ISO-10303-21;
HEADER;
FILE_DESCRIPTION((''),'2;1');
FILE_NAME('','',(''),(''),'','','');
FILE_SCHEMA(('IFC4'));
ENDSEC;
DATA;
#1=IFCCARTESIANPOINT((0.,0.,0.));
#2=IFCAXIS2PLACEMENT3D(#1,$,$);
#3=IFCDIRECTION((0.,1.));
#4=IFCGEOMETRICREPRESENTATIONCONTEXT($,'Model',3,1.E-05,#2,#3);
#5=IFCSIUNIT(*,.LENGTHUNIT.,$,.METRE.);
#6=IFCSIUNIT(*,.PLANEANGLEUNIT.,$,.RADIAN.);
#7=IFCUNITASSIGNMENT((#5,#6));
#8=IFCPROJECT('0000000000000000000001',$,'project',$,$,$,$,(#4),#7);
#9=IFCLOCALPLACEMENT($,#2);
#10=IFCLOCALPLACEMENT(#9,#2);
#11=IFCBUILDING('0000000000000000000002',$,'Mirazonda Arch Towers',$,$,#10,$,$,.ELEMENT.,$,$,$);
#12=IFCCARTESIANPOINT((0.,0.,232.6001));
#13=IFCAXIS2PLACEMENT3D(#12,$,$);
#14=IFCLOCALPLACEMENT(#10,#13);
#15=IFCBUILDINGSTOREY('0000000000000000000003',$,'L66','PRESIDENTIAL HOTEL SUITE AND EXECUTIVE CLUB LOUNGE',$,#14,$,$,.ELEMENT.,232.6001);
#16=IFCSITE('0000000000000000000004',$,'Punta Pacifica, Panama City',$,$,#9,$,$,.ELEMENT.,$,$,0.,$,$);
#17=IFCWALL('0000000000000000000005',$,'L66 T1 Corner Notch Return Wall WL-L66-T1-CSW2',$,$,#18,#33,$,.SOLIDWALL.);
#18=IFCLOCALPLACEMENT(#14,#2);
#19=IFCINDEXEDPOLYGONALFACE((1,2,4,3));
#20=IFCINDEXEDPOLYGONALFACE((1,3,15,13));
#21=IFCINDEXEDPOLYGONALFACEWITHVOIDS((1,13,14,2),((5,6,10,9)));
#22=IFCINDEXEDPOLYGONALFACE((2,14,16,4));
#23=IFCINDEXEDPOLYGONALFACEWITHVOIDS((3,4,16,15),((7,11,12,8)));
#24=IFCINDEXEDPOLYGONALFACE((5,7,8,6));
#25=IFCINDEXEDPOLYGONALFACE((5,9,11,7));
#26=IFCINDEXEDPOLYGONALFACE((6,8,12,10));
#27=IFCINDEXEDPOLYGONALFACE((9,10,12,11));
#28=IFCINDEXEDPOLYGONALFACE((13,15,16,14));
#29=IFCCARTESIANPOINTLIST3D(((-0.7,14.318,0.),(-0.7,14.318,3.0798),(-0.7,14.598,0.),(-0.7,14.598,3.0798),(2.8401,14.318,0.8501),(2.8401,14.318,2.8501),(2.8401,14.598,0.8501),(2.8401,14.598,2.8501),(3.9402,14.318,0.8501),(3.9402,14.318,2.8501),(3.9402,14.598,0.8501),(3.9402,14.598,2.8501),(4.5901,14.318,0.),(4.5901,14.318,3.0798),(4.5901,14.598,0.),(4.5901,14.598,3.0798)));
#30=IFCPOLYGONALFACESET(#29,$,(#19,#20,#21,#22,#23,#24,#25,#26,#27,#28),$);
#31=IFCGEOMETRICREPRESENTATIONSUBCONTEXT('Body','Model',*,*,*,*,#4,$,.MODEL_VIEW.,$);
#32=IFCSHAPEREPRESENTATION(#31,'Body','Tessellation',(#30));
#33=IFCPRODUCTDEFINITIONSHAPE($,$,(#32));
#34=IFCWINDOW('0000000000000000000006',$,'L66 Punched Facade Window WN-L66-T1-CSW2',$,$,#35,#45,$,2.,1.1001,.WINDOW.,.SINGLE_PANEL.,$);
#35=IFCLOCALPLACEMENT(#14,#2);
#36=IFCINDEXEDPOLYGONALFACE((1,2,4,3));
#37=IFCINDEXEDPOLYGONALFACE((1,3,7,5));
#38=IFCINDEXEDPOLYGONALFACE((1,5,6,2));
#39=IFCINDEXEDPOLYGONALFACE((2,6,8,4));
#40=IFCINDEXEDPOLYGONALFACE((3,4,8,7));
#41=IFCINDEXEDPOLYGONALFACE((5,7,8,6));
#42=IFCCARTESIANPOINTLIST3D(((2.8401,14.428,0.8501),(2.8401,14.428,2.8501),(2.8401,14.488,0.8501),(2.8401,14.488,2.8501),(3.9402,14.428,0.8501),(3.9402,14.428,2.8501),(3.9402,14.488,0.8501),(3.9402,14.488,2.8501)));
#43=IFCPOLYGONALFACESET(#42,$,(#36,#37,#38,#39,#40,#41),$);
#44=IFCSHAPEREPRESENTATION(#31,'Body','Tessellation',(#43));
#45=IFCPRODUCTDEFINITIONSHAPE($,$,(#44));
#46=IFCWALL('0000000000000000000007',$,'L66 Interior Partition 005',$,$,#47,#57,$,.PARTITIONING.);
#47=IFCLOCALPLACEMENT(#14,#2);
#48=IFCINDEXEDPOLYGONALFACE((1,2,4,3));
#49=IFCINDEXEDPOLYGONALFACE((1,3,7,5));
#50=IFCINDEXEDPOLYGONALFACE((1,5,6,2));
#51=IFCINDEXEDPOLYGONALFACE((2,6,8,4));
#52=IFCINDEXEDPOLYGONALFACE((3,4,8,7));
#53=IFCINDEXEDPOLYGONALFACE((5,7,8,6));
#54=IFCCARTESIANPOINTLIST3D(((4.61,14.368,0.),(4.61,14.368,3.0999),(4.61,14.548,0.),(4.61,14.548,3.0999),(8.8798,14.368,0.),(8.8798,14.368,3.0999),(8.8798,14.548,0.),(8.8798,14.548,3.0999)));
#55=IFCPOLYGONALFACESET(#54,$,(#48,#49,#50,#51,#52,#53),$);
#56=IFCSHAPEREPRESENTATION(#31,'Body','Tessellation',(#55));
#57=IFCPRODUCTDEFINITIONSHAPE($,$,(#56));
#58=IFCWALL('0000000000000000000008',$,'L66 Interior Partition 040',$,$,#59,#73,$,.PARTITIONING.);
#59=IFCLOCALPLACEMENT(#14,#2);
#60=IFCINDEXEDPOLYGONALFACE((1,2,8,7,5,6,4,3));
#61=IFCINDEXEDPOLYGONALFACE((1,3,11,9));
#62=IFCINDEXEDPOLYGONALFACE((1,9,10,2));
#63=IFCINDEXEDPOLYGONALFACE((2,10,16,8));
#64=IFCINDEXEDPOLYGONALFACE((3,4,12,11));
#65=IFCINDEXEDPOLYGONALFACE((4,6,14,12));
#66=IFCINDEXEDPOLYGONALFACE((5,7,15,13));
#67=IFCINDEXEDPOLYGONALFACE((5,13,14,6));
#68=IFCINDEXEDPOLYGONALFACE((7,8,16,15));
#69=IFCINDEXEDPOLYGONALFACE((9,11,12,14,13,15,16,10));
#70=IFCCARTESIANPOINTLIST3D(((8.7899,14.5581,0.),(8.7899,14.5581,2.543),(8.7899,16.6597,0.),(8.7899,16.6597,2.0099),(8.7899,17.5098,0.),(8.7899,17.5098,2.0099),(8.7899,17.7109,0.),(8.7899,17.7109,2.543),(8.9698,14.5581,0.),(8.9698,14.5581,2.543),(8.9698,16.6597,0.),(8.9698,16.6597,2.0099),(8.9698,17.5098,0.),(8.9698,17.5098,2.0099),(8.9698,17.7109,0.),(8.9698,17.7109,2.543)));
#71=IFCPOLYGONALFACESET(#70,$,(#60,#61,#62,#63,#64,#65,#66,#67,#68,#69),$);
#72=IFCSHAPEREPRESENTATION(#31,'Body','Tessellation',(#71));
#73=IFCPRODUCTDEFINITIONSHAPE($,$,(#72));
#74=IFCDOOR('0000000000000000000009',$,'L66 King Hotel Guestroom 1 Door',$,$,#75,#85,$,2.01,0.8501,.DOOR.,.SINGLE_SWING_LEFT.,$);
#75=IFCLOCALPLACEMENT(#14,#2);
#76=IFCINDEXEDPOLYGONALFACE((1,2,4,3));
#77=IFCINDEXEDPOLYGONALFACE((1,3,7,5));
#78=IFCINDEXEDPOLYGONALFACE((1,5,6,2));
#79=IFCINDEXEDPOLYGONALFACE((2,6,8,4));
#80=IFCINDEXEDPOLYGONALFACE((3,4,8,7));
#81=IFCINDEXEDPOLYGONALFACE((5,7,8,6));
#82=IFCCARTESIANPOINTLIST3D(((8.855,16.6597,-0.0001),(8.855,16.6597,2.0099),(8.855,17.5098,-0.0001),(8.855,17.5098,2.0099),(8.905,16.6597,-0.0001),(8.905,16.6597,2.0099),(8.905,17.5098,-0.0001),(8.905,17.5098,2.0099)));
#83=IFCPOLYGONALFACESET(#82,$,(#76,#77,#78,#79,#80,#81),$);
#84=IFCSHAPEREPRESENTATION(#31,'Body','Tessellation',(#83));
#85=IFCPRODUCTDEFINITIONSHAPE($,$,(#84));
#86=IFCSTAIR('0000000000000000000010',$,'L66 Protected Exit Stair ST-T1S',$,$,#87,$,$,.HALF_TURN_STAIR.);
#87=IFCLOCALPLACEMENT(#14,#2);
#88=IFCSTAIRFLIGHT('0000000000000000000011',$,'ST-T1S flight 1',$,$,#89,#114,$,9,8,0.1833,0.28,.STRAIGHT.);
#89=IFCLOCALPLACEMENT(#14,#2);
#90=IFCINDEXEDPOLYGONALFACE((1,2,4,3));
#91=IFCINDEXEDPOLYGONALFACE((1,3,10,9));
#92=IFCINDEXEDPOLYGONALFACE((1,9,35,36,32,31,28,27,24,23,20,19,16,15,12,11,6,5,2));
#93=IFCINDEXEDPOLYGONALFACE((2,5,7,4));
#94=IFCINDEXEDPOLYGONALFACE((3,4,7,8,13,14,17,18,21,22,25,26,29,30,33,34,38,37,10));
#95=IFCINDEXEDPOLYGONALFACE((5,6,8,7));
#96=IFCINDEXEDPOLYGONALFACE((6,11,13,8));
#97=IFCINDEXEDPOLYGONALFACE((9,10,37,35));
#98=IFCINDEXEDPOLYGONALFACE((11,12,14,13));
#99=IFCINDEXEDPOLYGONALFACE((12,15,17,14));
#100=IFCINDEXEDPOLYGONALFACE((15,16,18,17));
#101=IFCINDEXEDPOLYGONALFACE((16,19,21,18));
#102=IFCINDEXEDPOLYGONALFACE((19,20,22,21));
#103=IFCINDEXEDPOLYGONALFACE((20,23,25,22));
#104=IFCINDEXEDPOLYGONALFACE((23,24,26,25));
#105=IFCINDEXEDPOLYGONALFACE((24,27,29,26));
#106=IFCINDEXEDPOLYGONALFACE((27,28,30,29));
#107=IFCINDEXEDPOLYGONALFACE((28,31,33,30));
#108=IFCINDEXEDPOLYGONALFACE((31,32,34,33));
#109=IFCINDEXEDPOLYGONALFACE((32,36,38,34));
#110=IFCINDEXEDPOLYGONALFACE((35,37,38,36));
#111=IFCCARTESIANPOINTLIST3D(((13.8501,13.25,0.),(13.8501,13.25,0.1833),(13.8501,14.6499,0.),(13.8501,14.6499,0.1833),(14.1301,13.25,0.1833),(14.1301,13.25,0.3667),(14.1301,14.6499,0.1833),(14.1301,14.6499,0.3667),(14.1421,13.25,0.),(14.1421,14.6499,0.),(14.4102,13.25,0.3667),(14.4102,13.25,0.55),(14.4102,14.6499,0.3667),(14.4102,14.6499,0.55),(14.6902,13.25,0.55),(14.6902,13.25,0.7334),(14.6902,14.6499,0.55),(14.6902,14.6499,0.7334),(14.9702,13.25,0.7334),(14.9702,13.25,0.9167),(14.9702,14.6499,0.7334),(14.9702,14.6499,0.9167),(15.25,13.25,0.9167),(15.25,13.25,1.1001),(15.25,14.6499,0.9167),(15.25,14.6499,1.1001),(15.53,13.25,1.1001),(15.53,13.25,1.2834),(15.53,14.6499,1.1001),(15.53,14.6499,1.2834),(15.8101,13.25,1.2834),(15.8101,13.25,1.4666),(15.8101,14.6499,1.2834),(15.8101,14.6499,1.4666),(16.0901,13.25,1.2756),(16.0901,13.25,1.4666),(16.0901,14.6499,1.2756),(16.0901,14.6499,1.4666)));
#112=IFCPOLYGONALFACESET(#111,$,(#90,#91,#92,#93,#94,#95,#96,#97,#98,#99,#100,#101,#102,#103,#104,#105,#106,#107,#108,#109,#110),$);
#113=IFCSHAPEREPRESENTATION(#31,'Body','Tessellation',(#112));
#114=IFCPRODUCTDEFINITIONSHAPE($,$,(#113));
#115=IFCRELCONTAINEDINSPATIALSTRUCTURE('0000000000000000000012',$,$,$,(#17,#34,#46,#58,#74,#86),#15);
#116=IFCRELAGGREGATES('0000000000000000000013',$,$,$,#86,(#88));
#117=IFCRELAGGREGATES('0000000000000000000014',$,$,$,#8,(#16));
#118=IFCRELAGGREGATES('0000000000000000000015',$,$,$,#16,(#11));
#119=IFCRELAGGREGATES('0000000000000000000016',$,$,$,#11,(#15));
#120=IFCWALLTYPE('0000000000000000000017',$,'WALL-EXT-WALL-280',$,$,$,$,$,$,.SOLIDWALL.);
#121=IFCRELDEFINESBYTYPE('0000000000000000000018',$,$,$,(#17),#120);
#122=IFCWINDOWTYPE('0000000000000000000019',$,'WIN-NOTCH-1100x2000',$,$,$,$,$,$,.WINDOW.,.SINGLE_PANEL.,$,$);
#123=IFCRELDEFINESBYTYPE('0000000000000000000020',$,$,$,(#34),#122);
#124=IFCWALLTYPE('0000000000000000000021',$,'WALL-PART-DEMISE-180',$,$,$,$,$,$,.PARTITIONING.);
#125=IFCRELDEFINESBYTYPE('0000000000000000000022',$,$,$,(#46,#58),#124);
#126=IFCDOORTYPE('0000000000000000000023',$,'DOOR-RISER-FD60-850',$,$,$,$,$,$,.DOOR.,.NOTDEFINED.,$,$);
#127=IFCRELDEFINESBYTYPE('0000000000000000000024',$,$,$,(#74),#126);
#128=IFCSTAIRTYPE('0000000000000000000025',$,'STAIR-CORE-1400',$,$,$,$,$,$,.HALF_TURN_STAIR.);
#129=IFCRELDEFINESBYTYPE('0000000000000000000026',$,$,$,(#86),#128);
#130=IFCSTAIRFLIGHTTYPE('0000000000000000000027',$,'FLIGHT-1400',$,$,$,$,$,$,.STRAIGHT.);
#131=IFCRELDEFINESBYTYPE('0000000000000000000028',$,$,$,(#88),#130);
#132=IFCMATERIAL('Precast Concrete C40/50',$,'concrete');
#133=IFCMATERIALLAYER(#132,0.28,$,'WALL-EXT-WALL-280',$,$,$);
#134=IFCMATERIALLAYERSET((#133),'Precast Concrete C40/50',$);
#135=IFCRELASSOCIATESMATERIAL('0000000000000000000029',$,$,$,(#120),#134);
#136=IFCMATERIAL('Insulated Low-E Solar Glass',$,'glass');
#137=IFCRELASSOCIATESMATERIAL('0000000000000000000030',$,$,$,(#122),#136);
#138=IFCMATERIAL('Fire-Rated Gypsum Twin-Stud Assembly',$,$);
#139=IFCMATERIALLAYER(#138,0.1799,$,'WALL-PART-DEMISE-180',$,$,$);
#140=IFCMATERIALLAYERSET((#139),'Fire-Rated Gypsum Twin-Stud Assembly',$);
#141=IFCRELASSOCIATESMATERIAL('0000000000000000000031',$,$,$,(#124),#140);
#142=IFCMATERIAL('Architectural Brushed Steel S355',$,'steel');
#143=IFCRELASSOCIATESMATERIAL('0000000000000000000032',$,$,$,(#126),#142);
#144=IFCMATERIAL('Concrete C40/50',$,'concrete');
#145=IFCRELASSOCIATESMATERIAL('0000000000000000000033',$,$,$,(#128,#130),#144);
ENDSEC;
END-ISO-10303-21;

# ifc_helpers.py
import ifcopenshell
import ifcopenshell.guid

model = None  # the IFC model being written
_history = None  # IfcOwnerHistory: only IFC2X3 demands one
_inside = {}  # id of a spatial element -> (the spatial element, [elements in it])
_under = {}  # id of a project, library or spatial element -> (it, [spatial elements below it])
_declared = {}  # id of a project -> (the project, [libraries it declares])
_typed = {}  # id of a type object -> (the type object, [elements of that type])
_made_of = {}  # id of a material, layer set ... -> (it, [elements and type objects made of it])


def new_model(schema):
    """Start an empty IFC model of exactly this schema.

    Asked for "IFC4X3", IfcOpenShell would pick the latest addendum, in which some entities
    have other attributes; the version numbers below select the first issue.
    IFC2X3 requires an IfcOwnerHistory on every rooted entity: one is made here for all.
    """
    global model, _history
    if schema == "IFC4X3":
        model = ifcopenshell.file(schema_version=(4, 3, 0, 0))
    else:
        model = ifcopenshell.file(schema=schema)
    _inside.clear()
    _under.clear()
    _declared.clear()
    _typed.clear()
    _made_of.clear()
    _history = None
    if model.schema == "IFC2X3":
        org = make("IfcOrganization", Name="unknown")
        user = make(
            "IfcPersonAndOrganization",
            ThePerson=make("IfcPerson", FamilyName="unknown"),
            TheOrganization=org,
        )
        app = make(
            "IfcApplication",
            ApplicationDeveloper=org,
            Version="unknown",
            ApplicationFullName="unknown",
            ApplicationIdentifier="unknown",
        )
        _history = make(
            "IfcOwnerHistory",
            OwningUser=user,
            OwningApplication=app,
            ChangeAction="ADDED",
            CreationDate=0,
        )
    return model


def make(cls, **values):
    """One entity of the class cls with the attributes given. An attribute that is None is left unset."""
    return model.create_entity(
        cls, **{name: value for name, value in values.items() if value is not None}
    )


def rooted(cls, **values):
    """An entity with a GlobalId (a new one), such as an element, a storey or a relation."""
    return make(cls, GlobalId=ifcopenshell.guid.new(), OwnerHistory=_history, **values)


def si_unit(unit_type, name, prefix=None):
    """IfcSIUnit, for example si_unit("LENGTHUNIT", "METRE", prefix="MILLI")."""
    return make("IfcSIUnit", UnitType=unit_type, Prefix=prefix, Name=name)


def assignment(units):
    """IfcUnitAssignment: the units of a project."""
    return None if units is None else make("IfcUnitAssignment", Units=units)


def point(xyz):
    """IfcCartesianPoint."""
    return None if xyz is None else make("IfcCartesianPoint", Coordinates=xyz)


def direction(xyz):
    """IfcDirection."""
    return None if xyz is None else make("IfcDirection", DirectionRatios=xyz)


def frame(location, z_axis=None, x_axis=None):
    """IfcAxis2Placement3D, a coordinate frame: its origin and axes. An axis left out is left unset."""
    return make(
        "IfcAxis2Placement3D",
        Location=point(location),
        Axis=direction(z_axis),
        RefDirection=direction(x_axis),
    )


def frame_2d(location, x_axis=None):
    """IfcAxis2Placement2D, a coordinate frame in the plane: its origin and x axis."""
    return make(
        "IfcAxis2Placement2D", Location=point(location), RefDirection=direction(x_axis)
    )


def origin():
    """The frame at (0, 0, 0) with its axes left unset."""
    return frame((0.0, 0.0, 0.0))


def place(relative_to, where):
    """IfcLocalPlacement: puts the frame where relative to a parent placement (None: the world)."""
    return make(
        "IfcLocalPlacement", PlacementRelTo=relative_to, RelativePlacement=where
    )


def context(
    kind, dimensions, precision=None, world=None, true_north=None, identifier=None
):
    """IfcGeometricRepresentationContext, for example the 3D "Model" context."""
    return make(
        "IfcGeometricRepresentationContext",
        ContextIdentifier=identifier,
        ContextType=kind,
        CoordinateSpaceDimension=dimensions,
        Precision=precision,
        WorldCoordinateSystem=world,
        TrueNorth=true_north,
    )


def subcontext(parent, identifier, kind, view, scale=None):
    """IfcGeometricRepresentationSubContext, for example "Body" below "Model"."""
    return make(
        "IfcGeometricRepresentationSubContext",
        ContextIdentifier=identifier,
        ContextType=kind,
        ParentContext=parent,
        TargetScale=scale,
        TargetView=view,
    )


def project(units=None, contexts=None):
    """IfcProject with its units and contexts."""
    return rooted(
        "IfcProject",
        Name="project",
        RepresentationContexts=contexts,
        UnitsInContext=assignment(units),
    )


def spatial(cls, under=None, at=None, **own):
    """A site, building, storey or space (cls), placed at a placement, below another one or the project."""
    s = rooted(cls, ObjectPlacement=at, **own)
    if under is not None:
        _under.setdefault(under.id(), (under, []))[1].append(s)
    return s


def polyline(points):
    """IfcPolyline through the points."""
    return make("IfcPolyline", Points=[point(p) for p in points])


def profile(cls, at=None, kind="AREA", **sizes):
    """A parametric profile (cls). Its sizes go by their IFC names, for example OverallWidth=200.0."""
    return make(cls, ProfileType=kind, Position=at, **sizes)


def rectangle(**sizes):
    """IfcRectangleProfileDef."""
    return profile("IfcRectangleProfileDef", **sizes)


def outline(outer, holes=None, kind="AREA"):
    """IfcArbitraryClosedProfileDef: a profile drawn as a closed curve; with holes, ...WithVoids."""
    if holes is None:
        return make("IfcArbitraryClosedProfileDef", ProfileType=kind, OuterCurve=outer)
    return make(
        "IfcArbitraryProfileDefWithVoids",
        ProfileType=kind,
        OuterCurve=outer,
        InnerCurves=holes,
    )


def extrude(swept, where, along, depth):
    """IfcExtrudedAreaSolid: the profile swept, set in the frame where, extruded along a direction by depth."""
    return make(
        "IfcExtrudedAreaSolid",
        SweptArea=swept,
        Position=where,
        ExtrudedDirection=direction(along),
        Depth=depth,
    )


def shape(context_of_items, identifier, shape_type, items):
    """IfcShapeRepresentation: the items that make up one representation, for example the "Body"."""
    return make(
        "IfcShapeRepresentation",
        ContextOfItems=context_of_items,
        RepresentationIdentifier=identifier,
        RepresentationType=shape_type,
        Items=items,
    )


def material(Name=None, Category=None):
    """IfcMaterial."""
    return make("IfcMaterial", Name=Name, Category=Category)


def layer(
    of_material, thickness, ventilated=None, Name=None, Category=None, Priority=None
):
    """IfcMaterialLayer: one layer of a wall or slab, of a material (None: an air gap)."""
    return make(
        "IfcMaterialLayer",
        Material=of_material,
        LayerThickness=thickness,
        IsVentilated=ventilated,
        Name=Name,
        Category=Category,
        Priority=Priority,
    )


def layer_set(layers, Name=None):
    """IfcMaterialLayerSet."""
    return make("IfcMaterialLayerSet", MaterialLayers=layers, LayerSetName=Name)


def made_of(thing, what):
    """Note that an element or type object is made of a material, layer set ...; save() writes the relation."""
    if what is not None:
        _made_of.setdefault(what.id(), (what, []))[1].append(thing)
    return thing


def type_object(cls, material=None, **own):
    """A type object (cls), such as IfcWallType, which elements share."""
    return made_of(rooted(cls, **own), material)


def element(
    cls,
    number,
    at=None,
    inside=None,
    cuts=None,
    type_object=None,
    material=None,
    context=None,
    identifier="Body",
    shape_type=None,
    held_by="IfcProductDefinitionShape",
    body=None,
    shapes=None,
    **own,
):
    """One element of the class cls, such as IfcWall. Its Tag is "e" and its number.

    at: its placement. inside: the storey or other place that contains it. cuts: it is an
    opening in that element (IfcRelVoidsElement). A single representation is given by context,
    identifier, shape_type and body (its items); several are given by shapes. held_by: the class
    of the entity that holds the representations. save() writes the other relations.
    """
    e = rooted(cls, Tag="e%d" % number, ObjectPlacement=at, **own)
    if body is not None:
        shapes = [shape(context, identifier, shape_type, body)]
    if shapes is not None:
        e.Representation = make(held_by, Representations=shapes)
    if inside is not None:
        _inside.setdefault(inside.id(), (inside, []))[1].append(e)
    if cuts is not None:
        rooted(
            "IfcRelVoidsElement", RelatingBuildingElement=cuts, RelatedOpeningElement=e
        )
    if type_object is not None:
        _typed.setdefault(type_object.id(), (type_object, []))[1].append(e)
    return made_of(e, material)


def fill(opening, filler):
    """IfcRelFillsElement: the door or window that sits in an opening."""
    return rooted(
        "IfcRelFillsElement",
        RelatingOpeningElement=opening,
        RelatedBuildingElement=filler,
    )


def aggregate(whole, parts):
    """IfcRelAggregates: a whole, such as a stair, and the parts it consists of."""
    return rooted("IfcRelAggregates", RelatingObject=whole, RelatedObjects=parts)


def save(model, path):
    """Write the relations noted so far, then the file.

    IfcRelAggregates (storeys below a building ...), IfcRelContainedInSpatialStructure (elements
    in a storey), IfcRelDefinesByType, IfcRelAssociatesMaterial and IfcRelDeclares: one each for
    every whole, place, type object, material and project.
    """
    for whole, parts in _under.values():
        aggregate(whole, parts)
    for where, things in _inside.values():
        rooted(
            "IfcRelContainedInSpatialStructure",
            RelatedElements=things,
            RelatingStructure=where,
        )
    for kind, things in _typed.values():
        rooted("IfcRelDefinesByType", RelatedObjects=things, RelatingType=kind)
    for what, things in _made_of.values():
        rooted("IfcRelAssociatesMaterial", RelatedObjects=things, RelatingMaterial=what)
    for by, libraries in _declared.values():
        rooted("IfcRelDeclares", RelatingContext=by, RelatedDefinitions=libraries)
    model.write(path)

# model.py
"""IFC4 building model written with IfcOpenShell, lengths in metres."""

from ifc_helpers import new_model, si_unit, direction, frame, frame_2d, origin, place, context, subcontext, project, spatial, polyline, rectangle, outline, extrude, material, layer, layer_set, type_object, element, fill, aggregate, save


model = new_model("IFC4")

# Units and contexts
model_context = context("Model", 3, precision=1e-05, world=origin(), true_north=direction((0.0, 1.0)))
body_context = subcontext(model_context, "Body", "Model", "MODEL_VIEW")
ifc_project = project(units=[si_unit("LENGTHUNIT", "METRE"), si_unit("PLANEANGLEUNIT", "RADIAN")], contexts=[model_context])

# Site, building, storey
site_placement = place(None, origin())
site = spatial("IfcSite", under=ifc_project, at=site_placement, Name="Punta Pacifica, Panama City", CompositionType="ELEMENT", RefElevation=0.0)
building_placement = place(site_placement, origin())
building = spatial("IfcBuilding", under=site, at=building_placement, Name="Mirazonda Arch Towers", CompositionType="ELEMENT")
storey_placement = place(building_placement, frame((0.0, 0.0, 232.6001)))
storey = spatial("IfcBuildingStorey", under=building, at=storey_placement, Name="L66", Description="PRESIDENTIAL HOTEL SUITE AND EXECUTIVE CLUB LOUNGE", CompositionType="ELEMENT", Elevation=232.6001)

# Wall, opening, window
ifc_material_1 = material(Name="Precast Concrete C40/50", Category="concrete")
ifc_layer_1 = layer(ifc_material_1, 0.28, Name="WALL-EXT-WALL-280")
ifc_layer_set_1 = layer_set([ifc_layer_1], Name="Precast Concrete C40/50")
wall_type_1 = type_object("IfcWallType", Name="WALL-EXT-WALL-280", PredefinedType="SOLIDWALL", material=ifc_layer_set_1)
ifc_material_2 = material(Name="Insulated Low-E Solar Glass", Category="glass")
wall_1_placement = place(storey_placement, frame((-0.7, 14.458, 0.0), z_axis=(0.0, 0.0, 1.0), x_axis=(1.0, 0.0, 0.0)))
wall_1 = element("IfcWall", 1, at=wall_1_placement, inside=storey, type_object=wall_type_1, Name="L66 T1 Corner Notch Return Wall WL-L66-T1-CSW2", PredefinedType="SOLIDWALL", context=body_context, shape_type="SweptSolid", body=[
    extrude(rectangle(XDim=5.29, YDim=0.28, at=frame_2d((2.645, 0.0))), origin(), (0.0, 0.0, 1.0), 3.0798),
])
opening_1_placement = place(wall_1_placement, frame((3.54, 0.0, 0.8501)))
opening_1 = element("IfcOpeningElement", 2, at=opening_1_placement, cuts=wall_1, PredefinedType="OPENING", context=body_context, shape_type="SweptSolid", body=[
    extrude(rectangle(XDim=1.1001, YDim=2.0, at=frame_2d((0.55, 1.0))), frame((0.0, 0.1499, 0.0), z_axis=(0.0, -1.0, 0.0), x_axis=(1.0, 0.0, 0.0)), (0.0, 0.0, 1.0), 0.3),
])
window_type_1 = type_object("IfcWindowType", Name="WIN-NOTCH-1100x2000", PartitioningType="SINGLE_PANEL", PredefinedType="WINDOW", material=ifc_material_2)
window_1_placement = place(opening_1_placement, origin())
window_1 = element("IfcWindow", 3, at=window_1_placement, inside=storey, type_object=window_type_1, Name="L66 Punched Facade Window WN-L66-T1-CSW2", OverallHeight=2.0, OverallWidth=1.1001, PartitioningType="SINGLE_PANEL", PredefinedType="WINDOW", context=body_context, shape_type="SweptSolid", body=[
    extrude(rectangle(XDim=1.1001, YDim=2.0, at=frame_2d((0.55, 1.0))), frame((0.0, 0.03, 0.0), z_axis=(0.0, -1.0, 0.0), x_axis=(1.0, 0.0, 0.0)), (0.0, 0.0, 1.0), 0.0601),
])
fill(opening_1, window_1)

# Wall
ifc_material_3 = material(Name="Fire-Rated Gypsum Twin-Stud Assembly")
ifc_layer_2 = layer(ifc_material_3, 0.1799, Name="WALL-PART-DEMISE-180")
ifc_layer_set_2 = layer_set([ifc_layer_2], Name="Fire-Rated Gypsum Twin-Stud Assembly")
wall_type_2 = type_object("IfcWallType", Name="WALL-PART-DEMISE-180", PredefinedType="PARTITIONING", material=ifc_layer_set_2)
wall_2_placement = place(storey_placement, frame((4.6101, 14.458, 0.0), z_axis=(0.0, 0.0, 1.0), x_axis=(1.0, 0.0, 0.0)))
element("IfcWall", 4, at=wall_2_placement, inside=storey, type_object=wall_type_2, Name="L66 Interior Partition 005", PredefinedType="PARTITIONING", context=body_context, shape_type="SweptSolid", body=[
    extrude(rectangle(XDim=4.2698, YDim=0.1799, at=frame_2d((2.1348, 0.0))), origin(), (0.0, 0.0, 1.0), 3.0999),
])

# Wall, opening, door
wall_3_placement = place(storey_placement, frame((8.8799, 14.5581, 0.0), z_axis=(0.0, 0.0, 1.0), x_axis=(0.0, 1.0, 0.0)))
wall_3 = element("IfcWall", 5, at=wall_3_placement, inside=storey, type_object=wall_type_2, Name="L66 Interior Partition 040", PredefinedType="PARTITIONING", context=body_context, shape_type="SweptSolid", body=[
    extrude(rectangle(XDim=3.1528, YDim=0.1799, at=frame_2d((1.5764, 0.0))), origin(), (0.0, 0.0, 1.0), 2.543),
])
opening_2_placement = place(wall_3_placement, frame((2.1016, 0.0, 0.0)))
opening_2 = element("IfcOpeningElement", 6, at=opening_2_placement, cuts=wall_3, PredefinedType="OPENING", context=body_context, shape_type="SweptSolid", body=[
    extrude(rectangle(XDim=0.8501, YDim=2.01, at=frame_2d((0.425, 1.0049))), frame((0.0, 0.0999, 0.0), z_axis=(0.0, -1.0, 0.0), x_axis=(1.0, 0.0, 0.0)), (0.0, 0.0, 1.0), 0.2),
])
ifc_material_4 = material(Name="Architectural Brushed Steel S355", Category="steel")
door_type = type_object("IfcDoorType", Name="DOOR-RISER-FD60-850", OperationType="NOTDEFINED", PredefinedType="DOOR", material=ifc_material_4)
door_placement = place(opening_2_placement, origin())
door = element("IfcDoor", 7, at=door_placement, inside=storey, type_object=door_type, Name="L66 King Hotel Guestroom 1 Door", OperationType="SINGLE_SWING_LEFT", OverallHeight=2.01, OverallWidth=0.8501, PredefinedType="DOOR", context=body_context, shape_type="SweptSolid", body=[
    extrude(rectangle(XDim=0.8501, YDim=2.01, at=frame_2d((0.425, 1.0049))), frame((0.0, 0.0249, 0.0), z_axis=(0.0, -1.0, 0.0), x_axis=(1.0, 0.0, 0.0)), (0.0, 0.0, 1.0), 0.05),
])
fill(opening_2, door)

# Stair, stair flight
ifc_material_5 = material(Name="Concrete C40/50", Category="concrete")
stair_type = type_object("IfcStairType", Name="STAIR-CORE-1400", PredefinedType="HALF_TURN_STAIR", material=ifc_material_5)
stair_placement = place(storey_placement, origin())
stair = element("IfcStair", 8, at=stair_placement, inside=storey, type_object=stair_type, Name="L66 Protected Exit Stair ST-T1S", PredefinedType="HALF_TURN_STAIR")
stair_flight_type = type_object("IfcStairFlightType", Name="FLIGHT-1400", PredefinedType="STRAIGHT", material=ifc_material_5)
stair_flight_placement = place(storey_placement, frame((13.8501, 13.95, 0.0), z_axis=(0.0, 0.0, 1.0), x_axis=(1.0, 0.0, 0.0)))
stair_flight = element("IfcStairFlight", 9, at=stair_flight_placement, type_object=stair_flight_type, Name="ST-T1S flight 1", NumberOfRisers=9, NumberOfTreads=8, PredefinedType="STRAIGHT", RiserHeight=0.1833, TreadLength=0.28, context=body_context, shape_type="SweptSolid", body=[
    extrude(outline(polyline([(0.0, 0.0), (0.0, 0.1833), (0.28, 0.1833), (0.28, 0.3667), (0.5601, 0.3667), (0.5601, 0.55), (0.8401, 0.55), (0.8401, 0.7334), (1.1201, 0.7334), (1.1201, 0.9167), (1.3999, 0.9167), (1.3999, 1.1001), (1.6799, 1.1001), (1.6799, 1.2834), (1.96, 1.2834), (1.96, 1.4666), (2.24, 1.4666), (2.24, 1.6499), (2.24, 1.2756), (0.292, 0.0), (0.0, 0.0)])), frame((0.0, 0.7, 0.0), z_axis=(0.0, -1.0, 0.0), x_axis=(1.0, 0.0, 0.0)), (0.0, 0.0, 1.0), 1.3999),
])
aggregate(stair, [stair_flight])

save(model, "model.ifc")
